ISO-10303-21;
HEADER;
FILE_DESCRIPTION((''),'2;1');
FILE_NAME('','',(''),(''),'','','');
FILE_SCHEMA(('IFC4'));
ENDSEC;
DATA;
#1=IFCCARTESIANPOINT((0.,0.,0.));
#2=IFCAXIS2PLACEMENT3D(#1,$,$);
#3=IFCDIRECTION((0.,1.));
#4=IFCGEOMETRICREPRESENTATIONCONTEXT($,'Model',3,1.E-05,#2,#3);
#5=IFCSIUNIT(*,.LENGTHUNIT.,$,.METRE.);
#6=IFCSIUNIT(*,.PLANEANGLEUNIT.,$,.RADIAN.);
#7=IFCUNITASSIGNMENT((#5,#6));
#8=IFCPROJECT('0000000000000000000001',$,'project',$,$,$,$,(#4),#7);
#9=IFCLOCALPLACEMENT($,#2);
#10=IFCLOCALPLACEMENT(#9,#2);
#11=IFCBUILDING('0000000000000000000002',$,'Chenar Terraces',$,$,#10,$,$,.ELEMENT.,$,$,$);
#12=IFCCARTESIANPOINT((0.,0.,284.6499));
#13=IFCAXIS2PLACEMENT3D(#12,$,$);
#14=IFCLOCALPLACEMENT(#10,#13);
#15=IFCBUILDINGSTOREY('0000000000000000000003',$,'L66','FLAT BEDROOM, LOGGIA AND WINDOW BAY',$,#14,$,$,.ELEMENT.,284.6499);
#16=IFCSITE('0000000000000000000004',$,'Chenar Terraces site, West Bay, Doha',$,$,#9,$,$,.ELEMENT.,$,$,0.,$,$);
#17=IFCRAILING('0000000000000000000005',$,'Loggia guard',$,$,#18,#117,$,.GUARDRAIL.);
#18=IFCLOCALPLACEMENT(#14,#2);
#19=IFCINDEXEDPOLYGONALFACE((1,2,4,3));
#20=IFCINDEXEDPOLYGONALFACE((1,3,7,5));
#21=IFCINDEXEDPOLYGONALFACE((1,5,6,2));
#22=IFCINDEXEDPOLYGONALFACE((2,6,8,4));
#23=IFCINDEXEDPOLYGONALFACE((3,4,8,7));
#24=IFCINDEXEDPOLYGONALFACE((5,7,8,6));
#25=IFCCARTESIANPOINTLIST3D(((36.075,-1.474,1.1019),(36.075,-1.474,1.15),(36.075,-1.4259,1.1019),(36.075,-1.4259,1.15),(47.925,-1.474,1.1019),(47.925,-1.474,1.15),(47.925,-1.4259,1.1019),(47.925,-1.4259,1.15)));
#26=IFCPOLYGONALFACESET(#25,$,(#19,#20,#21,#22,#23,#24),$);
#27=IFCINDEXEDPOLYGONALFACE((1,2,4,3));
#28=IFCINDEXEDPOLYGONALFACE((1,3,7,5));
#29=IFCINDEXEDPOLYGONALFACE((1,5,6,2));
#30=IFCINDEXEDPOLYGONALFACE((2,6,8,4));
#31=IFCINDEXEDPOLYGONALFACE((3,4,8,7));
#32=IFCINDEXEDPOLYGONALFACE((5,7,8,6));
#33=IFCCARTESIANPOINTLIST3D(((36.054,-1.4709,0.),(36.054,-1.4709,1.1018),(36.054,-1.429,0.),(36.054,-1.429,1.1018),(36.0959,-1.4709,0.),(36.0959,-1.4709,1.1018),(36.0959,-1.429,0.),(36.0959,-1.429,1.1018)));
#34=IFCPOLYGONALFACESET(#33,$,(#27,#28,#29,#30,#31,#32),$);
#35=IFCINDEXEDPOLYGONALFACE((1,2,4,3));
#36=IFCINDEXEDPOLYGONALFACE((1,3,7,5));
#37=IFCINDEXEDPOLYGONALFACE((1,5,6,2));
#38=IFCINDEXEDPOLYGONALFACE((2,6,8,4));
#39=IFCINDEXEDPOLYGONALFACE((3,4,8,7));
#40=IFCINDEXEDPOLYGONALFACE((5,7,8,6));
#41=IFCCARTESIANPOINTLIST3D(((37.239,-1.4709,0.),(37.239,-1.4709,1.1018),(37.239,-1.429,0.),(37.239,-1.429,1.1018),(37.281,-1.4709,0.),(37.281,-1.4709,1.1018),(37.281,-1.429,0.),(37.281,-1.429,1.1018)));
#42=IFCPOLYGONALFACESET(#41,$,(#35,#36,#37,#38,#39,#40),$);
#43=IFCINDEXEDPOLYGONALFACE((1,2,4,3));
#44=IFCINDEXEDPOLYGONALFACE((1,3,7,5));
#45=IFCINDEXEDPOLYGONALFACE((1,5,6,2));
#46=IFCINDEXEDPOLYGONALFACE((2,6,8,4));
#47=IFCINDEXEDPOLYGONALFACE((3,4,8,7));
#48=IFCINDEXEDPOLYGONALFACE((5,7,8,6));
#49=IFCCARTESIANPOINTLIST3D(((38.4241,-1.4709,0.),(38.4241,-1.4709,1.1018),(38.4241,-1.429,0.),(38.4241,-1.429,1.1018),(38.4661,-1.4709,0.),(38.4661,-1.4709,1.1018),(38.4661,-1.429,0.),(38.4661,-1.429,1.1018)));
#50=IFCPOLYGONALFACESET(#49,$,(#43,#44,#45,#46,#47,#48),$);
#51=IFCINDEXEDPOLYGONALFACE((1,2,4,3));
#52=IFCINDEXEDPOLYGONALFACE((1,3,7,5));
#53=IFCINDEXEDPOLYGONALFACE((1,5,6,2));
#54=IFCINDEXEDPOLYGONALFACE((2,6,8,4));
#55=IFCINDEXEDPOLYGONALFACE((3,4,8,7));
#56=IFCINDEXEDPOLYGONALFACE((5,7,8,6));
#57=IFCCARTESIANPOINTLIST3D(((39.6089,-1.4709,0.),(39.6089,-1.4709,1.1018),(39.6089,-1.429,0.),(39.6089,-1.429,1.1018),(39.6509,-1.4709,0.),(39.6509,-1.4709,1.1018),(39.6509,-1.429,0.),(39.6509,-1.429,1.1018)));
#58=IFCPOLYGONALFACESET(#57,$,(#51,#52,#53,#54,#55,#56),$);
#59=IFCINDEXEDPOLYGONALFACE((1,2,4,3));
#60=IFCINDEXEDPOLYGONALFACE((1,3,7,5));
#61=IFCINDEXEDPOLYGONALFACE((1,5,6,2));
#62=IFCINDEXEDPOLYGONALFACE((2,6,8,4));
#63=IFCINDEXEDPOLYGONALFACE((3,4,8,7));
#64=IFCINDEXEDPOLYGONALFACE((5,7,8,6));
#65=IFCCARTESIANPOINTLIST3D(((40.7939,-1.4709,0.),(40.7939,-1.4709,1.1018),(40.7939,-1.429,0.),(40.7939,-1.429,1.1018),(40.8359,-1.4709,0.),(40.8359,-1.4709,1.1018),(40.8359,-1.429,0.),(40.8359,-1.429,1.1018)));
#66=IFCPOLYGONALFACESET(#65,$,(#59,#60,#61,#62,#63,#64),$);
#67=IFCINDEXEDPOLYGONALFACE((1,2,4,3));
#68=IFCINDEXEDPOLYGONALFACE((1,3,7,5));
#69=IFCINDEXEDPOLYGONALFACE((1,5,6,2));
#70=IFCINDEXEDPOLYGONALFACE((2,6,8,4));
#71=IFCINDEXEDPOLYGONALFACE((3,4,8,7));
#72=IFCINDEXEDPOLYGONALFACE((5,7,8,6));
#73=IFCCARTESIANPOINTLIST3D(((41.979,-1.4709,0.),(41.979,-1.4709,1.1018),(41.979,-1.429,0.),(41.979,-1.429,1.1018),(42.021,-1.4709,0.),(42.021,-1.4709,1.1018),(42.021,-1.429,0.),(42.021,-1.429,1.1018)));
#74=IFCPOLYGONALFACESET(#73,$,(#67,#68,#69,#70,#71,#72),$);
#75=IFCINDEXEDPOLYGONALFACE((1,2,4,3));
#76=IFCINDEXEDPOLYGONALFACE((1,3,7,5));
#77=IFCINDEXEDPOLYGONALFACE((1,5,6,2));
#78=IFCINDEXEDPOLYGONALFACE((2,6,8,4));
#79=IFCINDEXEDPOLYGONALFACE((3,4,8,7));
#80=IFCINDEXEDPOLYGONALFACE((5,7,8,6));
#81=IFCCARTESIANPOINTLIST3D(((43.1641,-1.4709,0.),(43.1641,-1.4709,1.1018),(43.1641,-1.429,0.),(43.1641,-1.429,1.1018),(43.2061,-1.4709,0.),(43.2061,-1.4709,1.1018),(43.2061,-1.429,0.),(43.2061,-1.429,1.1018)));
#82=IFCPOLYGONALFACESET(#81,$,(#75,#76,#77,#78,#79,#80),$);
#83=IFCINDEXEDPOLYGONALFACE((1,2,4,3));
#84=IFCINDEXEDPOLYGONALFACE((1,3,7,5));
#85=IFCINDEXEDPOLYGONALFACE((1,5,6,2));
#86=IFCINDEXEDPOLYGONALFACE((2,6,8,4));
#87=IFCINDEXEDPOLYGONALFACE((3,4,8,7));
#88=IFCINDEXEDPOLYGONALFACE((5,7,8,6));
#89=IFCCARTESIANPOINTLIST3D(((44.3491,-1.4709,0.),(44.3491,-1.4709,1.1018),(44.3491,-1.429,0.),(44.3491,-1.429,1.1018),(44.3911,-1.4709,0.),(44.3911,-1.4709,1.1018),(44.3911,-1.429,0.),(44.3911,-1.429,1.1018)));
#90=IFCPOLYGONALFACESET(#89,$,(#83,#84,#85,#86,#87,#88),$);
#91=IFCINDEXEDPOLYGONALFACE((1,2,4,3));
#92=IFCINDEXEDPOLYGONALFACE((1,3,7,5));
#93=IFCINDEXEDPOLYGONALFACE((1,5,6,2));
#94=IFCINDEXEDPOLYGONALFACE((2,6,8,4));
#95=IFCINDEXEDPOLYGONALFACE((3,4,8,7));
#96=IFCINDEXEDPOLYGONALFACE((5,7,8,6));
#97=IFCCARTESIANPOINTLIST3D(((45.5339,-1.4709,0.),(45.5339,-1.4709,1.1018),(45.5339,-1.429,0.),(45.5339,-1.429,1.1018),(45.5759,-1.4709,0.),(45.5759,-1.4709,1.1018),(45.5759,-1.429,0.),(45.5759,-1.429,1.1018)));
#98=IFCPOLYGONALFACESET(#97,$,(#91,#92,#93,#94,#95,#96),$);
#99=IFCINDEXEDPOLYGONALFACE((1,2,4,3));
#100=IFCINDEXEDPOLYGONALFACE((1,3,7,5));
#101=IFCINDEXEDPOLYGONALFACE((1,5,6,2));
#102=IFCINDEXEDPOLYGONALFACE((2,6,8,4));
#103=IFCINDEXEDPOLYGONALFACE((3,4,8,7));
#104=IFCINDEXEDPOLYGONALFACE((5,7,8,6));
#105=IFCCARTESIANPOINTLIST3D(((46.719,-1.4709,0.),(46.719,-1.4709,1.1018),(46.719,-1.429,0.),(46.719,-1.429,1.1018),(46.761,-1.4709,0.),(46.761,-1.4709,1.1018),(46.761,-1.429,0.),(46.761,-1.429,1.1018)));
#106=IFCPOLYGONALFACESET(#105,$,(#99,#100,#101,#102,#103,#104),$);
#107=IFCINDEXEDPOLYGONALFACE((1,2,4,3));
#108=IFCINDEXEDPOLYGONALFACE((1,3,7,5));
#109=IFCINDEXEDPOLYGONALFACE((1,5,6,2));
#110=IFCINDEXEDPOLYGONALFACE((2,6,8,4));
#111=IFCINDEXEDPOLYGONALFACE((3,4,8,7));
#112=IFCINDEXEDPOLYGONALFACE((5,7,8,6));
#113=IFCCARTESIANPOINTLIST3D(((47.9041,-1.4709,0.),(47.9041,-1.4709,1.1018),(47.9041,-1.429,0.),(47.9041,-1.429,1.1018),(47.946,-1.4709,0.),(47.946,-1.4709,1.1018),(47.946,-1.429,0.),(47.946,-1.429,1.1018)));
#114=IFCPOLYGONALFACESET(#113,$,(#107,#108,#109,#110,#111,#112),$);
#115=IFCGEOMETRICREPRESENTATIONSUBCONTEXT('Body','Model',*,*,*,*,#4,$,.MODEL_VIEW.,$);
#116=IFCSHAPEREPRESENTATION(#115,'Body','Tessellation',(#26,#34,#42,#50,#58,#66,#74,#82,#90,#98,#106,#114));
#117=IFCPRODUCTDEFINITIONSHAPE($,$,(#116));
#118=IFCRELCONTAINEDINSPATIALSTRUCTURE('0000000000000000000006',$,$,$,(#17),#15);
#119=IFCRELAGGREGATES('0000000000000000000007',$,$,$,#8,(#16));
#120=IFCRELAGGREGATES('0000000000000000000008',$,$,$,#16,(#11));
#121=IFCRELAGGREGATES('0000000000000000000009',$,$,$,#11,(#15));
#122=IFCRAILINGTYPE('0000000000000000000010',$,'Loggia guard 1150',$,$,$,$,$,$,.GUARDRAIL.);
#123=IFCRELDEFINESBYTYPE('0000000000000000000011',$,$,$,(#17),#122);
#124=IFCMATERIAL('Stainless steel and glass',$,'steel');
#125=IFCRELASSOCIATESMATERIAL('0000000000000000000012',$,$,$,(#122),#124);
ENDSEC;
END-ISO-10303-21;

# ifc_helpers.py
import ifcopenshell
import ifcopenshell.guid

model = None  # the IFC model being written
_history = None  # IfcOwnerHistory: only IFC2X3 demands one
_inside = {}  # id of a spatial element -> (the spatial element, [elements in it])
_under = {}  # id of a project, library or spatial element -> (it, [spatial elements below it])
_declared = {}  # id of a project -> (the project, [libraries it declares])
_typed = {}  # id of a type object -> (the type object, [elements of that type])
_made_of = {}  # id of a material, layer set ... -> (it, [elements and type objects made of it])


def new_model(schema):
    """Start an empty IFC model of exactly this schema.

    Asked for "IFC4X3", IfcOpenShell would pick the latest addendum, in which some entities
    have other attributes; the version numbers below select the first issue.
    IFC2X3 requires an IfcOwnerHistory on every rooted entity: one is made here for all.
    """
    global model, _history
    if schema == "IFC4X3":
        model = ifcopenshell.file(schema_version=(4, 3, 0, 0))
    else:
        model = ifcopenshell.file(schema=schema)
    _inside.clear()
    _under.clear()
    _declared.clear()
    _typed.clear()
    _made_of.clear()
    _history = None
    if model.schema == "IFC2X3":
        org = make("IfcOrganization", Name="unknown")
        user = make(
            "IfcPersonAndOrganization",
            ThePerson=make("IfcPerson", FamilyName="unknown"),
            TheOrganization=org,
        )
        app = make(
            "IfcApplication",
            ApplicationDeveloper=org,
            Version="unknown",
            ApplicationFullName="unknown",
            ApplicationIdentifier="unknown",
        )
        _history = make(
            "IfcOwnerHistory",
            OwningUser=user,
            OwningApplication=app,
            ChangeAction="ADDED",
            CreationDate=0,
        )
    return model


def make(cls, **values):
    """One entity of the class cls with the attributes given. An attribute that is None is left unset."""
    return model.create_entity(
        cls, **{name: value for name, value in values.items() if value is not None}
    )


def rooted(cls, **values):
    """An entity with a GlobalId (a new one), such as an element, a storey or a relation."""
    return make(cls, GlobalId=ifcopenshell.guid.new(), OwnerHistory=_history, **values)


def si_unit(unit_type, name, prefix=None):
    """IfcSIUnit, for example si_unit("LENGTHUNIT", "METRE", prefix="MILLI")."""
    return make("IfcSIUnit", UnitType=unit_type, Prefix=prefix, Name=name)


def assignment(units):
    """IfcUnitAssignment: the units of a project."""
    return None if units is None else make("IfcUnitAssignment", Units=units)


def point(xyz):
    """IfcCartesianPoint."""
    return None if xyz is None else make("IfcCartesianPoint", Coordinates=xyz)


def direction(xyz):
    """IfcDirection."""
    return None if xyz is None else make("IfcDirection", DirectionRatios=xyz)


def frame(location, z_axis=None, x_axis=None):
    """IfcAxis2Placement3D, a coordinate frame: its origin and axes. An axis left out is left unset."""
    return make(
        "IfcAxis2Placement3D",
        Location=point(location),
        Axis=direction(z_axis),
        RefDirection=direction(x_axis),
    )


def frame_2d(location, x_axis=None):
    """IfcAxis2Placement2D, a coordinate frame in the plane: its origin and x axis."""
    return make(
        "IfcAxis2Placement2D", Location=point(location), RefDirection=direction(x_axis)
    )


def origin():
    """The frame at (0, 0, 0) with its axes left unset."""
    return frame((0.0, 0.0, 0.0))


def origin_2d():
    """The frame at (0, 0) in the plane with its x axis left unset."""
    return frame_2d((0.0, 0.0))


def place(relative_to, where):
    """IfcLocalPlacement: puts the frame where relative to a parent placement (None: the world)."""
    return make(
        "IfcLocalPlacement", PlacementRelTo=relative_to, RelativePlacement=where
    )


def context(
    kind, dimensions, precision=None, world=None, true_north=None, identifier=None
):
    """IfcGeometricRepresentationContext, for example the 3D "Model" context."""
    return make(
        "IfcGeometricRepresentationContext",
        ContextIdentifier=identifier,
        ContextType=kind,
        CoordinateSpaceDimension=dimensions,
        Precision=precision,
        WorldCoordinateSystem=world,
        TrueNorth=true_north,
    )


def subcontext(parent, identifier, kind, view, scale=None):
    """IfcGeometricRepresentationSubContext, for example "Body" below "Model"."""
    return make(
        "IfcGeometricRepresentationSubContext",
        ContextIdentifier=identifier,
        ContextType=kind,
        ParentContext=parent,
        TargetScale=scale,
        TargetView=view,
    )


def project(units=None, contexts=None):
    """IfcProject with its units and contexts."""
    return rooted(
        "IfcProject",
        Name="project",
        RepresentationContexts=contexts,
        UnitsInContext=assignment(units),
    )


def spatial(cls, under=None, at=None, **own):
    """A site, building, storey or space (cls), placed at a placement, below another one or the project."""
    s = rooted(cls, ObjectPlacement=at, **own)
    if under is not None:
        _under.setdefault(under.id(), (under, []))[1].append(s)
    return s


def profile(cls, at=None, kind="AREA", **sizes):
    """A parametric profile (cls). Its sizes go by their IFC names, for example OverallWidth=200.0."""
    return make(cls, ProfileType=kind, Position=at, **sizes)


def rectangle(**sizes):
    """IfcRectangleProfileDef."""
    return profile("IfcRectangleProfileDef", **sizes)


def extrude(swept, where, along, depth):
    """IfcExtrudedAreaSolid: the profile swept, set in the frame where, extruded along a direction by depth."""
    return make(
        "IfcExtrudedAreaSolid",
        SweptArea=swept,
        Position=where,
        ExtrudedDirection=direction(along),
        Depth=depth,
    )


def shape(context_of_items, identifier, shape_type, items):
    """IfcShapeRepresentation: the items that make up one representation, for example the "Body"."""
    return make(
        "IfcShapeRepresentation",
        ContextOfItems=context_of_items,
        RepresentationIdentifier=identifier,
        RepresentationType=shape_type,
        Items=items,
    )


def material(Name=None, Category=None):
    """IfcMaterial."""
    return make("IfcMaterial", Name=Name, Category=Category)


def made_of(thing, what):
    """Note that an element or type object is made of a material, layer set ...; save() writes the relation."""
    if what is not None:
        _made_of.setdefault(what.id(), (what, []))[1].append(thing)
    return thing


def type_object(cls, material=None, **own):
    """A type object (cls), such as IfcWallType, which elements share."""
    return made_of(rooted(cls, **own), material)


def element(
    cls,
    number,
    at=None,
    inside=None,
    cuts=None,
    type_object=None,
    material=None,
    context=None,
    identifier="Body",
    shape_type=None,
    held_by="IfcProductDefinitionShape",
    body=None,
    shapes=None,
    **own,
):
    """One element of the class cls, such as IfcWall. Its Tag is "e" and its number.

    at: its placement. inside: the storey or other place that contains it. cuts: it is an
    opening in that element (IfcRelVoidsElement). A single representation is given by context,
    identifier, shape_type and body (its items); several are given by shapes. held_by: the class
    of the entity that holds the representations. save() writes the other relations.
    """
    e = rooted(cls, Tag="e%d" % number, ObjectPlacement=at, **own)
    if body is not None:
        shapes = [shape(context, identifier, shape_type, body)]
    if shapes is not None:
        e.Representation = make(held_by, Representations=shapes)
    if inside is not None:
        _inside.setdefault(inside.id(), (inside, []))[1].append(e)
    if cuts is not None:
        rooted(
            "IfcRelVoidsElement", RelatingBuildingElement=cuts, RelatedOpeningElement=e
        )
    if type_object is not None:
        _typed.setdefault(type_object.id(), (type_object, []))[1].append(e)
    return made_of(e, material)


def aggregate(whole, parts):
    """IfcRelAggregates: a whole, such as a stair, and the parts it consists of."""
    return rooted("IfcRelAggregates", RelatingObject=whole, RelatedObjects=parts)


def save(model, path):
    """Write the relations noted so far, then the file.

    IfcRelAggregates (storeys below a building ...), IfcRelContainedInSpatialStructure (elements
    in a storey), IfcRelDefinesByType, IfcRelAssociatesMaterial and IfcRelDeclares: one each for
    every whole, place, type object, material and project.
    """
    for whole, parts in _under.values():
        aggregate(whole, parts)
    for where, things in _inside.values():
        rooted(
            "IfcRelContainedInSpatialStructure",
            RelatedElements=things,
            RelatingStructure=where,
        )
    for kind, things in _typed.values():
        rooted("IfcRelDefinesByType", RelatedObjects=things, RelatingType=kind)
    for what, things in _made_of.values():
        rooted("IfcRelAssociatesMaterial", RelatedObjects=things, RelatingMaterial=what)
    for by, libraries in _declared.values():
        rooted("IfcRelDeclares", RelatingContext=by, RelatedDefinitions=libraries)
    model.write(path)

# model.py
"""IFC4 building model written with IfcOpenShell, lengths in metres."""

from ifc_helpers import new_model, si_unit, direction, frame, origin, origin_2d, place, context, subcontext, project, spatial, rectangle, extrude, material, type_object, element, save


model = new_model("IFC4")

# Units and contexts
model_context = context("Model", 3, precision=1e-05, world=origin(), true_north=direction((0.0, 1.0)))
body_context = subcontext(model_context, "Body", "Model", "MODEL_VIEW")
ifc_project = project(units=[si_unit("LENGTHUNIT", "METRE"), si_unit("PLANEANGLEUNIT", "RADIAN")], contexts=[model_context])

# Site, building, storey
site_placement = place(None, origin())
site = spatial("IfcSite", under=ifc_project, at=site_placement, Name="Chenar Terraces site, West Bay, Doha", CompositionType="ELEMENT", RefElevation=0.0)
building_placement = place(site_placement, origin())
building = spatial("IfcBuilding", under=site, at=building_placement, Name="Chenar Terraces", CompositionType="ELEMENT")
storey_placement = place(building_placement, frame((0.0, 0.0, 284.6499)))
storey = spatial("IfcBuildingStorey", under=building, at=storey_placement, Name="L66", Description="FLAT BEDROOM, LOGGIA AND WINDOW BAY", CompositionType="ELEMENT", Elevation=284.6499)

# Railing
ifc_material_1 = material(Name="Stainless steel and glass", Category="steel")
railing_type = type_object("IfcRailingType", Name="Loggia guard 1150", PredefinedType="GUARDRAIL", material=ifc_material_1)
railing_placement = place(storey_placement, frame((36.075, -1.45, 0.0)))
element("IfcRailing", 1, at=railing_placement, inside=storey, type_object=railing_type, Name="Loggia guard", PredefinedType="GUARDRAIL", context=body_context, shape_type="SweptSolid", body=[
    extrude(rectangle(XDim=0.0481, YDim=0.0481, at=origin_2d()), frame((0.0, 0.0, 1.126), z_axis=(1.0, 0.0, 0.0), x_axis=(0.0, 1.0, 0.0)), (0.0, 0.0, 1.0), 11.8501),
    extrude(rectangle(XDim=0.042, YDim=0.042, at=origin_2d()), origin(), (0.0, 0.0, 1.0), 1.1018),
    extrude(rectangle(XDim=0.042, YDim=0.042, at=origin_2d()), frame((1.1851, 0.0, 0.0)), (0.0, 0.0, 1.0), 1.1018),
    extrude(rectangle(XDim=0.042, YDim=0.042, at=origin_2d()), frame((2.3701, 0.0, 0.0)), (0.0, 0.0, 1.0), 1.1018),
    extrude(rectangle(XDim=0.042, YDim=0.042, at=origin_2d()), frame((3.5549, 0.0, 0.0)), (0.0, 0.0, 1.0), 1.1018),
    extrude(rectangle(XDim=0.042, YDim=0.042, at=origin_2d()), frame((4.74, 0.0, 0.0)), (0.0, 0.0, 1.0), 1.1018),
    extrude(rectangle(XDim=0.042, YDim=0.042, at=origin_2d()), frame((5.925, 0.0, 0.0)), (0.0, 0.0, 1.0), 1.1018),
    extrude(rectangle(XDim=0.042, YDim=0.042, at=origin_2d()), frame((7.1101, 0.0, 0.0)), (0.0, 0.0, 1.0), 1.1018),
    extrude(rectangle(XDim=0.042, YDim=0.042, at=origin_2d()), frame((8.2952, 0.0, 0.0)), (0.0, 0.0, 1.0), 1.1018),
    extrude(rectangle(XDim=0.042, YDim=0.042, at=origin_2d()), frame((9.48, 0.0, 0.0)), (0.0, 0.0, 1.0), 1.1018),
    extrude(rectangle(XDim=0.042, YDim=0.042, at=origin_2d()), frame((10.665, 0.0, 0.0)), (0.0, 0.0, 1.0), 1.1018),
    extrude(rectangle(XDim=0.042, YDim=0.042, at=origin_2d()), frame((11.8501, 0.0, 0.0)), (0.0, 0.0, 1.0), 1.1018),
])

save(model, "model.ifc")
